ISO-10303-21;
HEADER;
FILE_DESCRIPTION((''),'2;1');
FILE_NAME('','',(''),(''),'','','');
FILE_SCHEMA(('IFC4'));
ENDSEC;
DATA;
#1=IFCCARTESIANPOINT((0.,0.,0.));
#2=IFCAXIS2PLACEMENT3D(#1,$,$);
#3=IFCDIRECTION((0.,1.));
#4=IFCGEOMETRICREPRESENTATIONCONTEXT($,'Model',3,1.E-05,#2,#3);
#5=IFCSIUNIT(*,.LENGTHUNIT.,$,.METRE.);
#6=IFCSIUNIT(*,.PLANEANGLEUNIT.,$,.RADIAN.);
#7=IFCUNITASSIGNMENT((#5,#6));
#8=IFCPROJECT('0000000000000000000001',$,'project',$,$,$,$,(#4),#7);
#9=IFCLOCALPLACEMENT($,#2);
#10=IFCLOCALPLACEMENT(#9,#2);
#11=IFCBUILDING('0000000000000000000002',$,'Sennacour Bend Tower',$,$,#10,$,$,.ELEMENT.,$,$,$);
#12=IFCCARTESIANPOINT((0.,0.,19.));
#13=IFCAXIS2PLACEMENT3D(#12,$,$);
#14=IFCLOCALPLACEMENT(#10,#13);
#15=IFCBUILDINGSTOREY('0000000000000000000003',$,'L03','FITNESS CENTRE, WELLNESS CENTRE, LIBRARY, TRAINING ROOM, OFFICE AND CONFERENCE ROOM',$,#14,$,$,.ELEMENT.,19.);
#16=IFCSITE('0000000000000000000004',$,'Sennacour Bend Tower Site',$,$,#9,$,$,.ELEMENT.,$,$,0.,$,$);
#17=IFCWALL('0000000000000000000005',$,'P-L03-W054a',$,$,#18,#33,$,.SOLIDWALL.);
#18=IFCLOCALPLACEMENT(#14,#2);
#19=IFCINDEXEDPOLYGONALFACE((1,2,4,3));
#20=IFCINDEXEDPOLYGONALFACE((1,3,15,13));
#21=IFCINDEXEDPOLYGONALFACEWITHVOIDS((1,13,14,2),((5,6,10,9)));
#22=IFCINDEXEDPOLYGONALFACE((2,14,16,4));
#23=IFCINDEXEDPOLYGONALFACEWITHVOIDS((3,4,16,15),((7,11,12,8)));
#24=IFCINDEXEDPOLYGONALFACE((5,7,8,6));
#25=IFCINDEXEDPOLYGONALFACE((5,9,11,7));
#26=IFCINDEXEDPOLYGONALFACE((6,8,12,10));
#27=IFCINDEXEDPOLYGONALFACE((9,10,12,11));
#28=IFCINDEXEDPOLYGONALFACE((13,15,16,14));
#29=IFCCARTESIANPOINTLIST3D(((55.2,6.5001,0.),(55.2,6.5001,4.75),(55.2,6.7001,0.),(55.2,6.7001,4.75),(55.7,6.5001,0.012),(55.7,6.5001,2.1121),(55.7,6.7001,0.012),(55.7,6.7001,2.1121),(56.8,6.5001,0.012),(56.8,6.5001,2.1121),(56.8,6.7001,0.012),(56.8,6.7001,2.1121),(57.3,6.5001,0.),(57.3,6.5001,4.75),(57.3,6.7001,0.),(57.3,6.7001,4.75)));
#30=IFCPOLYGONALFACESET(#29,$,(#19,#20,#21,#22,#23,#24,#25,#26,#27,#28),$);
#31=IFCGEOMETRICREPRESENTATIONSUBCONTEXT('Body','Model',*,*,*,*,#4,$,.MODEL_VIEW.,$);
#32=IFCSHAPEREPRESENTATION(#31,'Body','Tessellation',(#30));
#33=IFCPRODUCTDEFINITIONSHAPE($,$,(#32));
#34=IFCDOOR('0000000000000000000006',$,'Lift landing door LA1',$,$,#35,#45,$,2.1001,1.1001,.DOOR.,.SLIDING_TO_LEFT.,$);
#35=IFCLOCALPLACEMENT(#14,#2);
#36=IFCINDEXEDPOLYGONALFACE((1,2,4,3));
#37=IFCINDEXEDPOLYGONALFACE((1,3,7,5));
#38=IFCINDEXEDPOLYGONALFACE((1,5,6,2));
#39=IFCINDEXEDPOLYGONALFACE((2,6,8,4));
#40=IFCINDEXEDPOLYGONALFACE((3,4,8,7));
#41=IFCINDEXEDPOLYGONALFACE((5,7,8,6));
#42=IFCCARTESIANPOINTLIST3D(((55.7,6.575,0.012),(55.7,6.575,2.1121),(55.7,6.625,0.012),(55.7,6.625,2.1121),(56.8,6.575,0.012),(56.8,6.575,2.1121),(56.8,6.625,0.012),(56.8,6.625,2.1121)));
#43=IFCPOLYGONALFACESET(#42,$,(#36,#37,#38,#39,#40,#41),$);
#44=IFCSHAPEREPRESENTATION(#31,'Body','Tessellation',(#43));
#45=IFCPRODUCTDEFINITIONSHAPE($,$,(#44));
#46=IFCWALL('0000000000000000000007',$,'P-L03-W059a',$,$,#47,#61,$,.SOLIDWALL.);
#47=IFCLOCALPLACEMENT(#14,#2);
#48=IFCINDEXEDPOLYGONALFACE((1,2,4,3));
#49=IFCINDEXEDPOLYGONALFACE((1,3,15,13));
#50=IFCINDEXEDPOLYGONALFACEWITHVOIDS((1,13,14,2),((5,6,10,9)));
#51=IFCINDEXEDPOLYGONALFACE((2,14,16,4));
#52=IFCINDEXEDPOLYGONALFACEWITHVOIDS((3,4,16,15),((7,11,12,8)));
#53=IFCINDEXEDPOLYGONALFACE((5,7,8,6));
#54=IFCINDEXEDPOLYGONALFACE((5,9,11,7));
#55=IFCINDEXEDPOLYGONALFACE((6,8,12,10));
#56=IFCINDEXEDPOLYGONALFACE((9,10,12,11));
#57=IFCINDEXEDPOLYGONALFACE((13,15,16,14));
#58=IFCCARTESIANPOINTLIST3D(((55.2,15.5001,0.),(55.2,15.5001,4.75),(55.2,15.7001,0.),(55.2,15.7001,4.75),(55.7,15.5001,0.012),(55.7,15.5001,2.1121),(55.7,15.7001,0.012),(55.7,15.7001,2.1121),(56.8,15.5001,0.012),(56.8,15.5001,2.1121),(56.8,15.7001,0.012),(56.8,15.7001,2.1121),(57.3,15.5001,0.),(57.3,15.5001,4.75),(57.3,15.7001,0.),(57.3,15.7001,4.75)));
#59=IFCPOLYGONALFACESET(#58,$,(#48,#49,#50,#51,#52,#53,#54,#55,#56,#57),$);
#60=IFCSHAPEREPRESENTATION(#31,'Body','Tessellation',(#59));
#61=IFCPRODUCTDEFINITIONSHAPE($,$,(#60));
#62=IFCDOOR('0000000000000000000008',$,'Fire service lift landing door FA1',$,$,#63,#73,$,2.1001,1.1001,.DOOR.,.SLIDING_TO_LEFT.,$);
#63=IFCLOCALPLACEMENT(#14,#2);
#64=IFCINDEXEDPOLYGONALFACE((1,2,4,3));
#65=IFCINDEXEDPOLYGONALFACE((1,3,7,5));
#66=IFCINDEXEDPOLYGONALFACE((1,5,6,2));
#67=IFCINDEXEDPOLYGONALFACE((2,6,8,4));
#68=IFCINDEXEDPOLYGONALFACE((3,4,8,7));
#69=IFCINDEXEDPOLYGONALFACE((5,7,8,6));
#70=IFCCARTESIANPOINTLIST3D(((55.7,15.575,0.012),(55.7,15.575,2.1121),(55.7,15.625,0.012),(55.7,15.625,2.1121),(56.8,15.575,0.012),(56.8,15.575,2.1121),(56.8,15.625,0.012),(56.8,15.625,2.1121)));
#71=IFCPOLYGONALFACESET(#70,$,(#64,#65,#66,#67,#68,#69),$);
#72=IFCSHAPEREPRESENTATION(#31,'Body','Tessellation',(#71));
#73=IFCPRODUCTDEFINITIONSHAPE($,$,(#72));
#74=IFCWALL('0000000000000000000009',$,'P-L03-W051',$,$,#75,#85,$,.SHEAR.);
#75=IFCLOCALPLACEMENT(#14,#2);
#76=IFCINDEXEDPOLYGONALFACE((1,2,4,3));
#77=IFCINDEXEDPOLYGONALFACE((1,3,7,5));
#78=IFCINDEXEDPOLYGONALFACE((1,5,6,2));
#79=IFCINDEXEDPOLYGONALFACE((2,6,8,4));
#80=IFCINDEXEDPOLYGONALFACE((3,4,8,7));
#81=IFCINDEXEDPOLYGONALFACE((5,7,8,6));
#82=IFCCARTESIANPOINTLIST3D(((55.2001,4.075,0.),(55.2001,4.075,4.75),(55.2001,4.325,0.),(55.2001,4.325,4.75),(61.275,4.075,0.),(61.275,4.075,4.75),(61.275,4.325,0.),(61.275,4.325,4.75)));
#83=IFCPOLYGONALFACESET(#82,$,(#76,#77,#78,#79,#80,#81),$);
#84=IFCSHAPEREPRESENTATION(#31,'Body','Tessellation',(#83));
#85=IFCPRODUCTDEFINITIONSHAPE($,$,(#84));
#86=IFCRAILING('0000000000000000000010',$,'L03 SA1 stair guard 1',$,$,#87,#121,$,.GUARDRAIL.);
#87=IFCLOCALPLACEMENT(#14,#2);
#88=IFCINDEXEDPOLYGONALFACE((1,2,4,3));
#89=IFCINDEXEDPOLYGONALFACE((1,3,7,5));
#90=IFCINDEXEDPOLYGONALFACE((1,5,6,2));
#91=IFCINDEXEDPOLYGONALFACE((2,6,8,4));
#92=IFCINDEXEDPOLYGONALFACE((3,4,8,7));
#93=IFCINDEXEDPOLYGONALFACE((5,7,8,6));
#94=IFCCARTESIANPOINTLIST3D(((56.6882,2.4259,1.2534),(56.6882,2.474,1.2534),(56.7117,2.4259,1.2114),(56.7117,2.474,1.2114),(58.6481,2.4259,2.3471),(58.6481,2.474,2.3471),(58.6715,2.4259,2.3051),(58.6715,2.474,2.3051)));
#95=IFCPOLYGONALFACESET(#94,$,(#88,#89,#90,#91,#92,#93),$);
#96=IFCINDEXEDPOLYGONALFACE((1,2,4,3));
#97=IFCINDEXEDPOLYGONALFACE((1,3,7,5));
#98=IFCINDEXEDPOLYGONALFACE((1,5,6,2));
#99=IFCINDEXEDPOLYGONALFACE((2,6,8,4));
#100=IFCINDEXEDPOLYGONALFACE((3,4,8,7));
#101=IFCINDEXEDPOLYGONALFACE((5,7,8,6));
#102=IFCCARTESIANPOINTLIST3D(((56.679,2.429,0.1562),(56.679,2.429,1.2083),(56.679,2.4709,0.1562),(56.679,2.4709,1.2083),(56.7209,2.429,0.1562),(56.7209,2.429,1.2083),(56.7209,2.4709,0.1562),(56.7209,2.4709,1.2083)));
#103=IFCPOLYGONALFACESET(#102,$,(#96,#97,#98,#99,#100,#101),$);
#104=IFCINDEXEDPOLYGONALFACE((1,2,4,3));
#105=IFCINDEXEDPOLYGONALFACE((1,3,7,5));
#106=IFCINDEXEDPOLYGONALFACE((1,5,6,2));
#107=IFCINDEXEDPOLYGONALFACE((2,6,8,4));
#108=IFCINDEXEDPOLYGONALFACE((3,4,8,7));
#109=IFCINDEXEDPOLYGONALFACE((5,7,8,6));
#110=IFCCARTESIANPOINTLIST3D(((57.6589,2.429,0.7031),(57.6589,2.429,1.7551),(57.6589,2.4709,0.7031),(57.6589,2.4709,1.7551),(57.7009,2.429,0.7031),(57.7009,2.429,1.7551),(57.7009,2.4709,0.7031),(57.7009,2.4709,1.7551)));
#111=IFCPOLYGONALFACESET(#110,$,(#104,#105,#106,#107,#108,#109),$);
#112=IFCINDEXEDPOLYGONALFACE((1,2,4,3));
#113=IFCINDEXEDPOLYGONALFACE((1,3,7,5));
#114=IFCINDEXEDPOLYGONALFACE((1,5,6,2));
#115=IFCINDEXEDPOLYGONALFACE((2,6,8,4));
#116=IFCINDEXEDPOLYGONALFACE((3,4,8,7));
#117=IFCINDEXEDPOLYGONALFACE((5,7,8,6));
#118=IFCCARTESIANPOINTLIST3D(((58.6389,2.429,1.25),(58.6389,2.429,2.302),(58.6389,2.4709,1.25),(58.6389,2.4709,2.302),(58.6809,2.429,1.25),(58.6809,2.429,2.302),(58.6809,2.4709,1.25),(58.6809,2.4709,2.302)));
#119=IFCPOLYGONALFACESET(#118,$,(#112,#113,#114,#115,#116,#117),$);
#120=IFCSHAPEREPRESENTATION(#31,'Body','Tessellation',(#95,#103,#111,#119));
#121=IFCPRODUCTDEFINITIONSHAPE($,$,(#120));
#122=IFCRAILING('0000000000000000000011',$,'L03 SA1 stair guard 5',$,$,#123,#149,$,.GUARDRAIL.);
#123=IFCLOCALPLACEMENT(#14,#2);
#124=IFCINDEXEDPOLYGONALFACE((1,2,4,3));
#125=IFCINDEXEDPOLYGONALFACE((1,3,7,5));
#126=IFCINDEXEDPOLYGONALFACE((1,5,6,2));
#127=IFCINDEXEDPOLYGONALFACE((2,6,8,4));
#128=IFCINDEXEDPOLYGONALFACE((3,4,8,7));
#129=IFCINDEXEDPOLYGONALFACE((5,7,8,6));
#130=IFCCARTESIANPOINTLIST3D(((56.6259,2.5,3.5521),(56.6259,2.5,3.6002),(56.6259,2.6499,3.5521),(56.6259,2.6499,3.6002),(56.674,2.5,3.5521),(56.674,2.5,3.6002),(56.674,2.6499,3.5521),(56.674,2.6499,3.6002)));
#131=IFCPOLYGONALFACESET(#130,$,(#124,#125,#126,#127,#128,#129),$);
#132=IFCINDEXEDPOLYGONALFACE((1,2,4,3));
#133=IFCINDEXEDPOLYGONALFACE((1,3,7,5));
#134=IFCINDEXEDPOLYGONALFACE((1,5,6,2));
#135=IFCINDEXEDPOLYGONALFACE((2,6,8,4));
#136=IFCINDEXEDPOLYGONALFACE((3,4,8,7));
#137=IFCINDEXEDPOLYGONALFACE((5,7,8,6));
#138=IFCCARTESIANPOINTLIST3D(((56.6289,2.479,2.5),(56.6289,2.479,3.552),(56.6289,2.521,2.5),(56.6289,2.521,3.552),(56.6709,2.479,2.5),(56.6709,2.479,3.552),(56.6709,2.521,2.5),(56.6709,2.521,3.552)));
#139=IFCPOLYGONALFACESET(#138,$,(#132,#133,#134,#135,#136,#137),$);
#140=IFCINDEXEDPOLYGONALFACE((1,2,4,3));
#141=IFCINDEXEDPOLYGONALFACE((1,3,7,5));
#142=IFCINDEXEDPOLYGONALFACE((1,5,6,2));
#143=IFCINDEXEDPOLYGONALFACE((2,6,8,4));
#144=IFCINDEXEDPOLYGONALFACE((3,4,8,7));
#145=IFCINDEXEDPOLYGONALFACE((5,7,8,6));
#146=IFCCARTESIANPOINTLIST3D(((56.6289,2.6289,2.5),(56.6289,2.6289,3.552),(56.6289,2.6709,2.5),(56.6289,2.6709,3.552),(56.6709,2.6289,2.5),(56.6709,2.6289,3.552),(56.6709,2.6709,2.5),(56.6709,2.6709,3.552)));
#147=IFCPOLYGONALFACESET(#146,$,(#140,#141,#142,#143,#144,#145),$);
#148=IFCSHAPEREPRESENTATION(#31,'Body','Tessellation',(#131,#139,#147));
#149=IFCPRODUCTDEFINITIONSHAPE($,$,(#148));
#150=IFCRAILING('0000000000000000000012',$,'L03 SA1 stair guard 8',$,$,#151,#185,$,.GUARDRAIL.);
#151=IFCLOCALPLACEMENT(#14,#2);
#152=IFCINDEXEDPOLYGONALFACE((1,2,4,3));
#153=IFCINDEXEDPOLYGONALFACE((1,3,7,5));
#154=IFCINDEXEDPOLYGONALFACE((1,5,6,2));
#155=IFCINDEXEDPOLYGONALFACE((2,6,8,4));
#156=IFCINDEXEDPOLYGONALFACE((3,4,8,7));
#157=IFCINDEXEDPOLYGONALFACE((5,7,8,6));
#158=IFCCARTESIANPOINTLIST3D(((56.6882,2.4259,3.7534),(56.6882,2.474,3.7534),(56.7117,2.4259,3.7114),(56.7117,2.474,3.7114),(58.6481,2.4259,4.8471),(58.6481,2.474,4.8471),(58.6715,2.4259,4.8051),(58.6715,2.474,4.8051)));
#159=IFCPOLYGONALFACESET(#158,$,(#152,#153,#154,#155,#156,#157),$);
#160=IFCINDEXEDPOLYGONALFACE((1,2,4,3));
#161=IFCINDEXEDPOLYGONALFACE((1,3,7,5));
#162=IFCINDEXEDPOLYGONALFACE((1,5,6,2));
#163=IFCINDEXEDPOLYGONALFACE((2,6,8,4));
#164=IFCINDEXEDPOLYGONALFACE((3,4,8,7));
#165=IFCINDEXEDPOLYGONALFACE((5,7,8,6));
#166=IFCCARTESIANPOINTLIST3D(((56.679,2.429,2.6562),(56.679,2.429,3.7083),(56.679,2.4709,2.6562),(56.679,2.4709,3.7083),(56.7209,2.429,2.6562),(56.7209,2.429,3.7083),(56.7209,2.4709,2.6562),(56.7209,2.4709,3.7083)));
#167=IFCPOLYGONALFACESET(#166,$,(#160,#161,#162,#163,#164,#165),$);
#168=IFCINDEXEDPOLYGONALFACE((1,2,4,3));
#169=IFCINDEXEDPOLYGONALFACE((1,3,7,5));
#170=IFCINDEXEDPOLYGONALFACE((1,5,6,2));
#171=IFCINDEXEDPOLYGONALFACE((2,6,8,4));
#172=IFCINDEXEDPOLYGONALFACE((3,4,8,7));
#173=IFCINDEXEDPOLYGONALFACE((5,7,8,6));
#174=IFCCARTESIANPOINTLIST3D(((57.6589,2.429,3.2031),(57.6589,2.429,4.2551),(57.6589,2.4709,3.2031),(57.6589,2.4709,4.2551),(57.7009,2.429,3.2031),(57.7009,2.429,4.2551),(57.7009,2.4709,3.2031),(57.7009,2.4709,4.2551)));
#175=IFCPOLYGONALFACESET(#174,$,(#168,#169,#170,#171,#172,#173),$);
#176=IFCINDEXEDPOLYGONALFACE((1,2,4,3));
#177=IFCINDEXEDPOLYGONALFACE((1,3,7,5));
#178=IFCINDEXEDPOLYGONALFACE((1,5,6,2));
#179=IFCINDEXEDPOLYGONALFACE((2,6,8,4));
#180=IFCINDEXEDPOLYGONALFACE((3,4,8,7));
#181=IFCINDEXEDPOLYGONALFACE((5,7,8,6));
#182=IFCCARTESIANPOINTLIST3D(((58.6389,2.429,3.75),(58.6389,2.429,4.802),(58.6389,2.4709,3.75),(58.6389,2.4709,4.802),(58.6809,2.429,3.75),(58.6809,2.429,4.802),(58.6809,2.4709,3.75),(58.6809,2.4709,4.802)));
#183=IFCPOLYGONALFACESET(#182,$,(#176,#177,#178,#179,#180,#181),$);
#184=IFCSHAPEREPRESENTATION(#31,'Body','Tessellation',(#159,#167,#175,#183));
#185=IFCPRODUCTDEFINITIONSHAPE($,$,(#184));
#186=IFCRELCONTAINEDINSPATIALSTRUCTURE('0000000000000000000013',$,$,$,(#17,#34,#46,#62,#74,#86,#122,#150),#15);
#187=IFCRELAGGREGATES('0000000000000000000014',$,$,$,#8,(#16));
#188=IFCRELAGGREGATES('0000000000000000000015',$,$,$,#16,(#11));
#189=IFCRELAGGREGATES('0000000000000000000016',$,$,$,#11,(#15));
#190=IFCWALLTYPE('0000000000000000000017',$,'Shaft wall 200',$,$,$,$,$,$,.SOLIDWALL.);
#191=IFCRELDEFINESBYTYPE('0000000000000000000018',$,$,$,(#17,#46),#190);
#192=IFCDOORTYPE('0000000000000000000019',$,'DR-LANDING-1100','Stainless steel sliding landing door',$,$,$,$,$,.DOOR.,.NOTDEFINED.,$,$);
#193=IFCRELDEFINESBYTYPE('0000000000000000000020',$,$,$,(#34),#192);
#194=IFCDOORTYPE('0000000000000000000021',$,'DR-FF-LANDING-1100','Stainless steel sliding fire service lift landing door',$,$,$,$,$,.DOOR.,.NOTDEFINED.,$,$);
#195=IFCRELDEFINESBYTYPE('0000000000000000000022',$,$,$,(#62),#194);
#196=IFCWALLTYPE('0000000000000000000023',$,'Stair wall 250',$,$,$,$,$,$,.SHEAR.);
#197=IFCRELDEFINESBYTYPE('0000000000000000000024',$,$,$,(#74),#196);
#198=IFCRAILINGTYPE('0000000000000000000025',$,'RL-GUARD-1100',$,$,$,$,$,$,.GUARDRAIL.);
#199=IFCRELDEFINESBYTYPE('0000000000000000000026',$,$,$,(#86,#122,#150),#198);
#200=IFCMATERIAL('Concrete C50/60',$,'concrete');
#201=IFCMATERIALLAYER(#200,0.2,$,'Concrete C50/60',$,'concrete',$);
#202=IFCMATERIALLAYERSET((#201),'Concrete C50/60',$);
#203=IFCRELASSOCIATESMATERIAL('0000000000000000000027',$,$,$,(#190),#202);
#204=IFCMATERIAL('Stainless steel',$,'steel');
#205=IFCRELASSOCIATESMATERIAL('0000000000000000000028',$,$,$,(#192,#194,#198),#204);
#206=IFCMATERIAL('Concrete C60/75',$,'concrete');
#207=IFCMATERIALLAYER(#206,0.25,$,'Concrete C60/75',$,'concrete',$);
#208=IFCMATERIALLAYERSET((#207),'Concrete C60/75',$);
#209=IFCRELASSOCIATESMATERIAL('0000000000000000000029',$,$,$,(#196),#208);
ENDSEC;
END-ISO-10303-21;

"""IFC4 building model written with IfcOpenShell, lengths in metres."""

from ifc_helpers import new_model, si_unit, direction, frame, frame_2d, origin, origin_2d, place, context, subcontext, project, spatial, rectangle, extrude, material, layer, layer_set, type_object, element, fill, save


model = new_model("IFC4")

# Units and contexts
model_context = context("Model", 3, precision=1e-05, world=origin(), true_north=direction((0.0, 1.0)))
body_context = subcontext(model_context, "Body", "Model", "MODEL_VIEW")
ifc_project = project(units=[si_unit("LENGTHUNIT", "METRE"), si_unit("PLANEANGLEUNIT", "RADIAN")], contexts=[model_context])

# Site, building, storey
site_placement = place(None, origin())
site = spatial("IfcSite", under=ifc_project, at=site_placement, Name="Sennacour Bend Tower Site", CompositionType="ELEMENT", RefElevation=0.0)
building_placement = place(site_placement, origin())
building = spatial("IfcBuilding", under=site, at=building_placement, Name="Sennacour Bend Tower", CompositionType="ELEMENT")
storey_placement = place(building_placement, frame((0.0, 0.0, 19.0)))
storey = spatial("IfcBuildingStorey", under=building, at=storey_placement, Name="L03", Description="FITNESS CENTRE, WELLNESS CENTRE, LIBRARY, TRAINING ROOM, OFFICE AND CONFERENCE ROOM", CompositionType="ELEMENT", Elevation=19.0)

# Walls, openings, doors
ifc_material_1 = material(Name="Concrete C50/60", Category="concrete")
ifc_layer_1 = layer(ifc_material_1, 0.2, Name="Concrete C50/60", Category="concrete")
ifc_layer_set_1 = layer_set([ifc_layer_1], Name="Concrete C50/60")
wall_type_1 = type_object("IfcWallType", Name="Shaft wall 200", PredefinedType="SOLIDWALL", material=ifc_layer_set_1)
wall_1_placement = place(storey_placement, frame((55.2, 6.6001, 0.0), z_axis=(0.0, 0.0, 1.0), x_axis=(1.0, 0.0, 0.0)))
wall_1 = element("IfcWall", 1, at=wall_1_placement, inside=storey, type_object=wall_type_1, Name="P-L03-W054a", PredefinedType="SOLIDWALL", context=body_context, shape_type="SweptSolid", body=[
    extrude(rectangle(XDim=2.1001, YDim=0.2, at=frame_2d((1.05, 0.0))), origin(), (0.0, 0.0, 1.0), 4.75),
])
opening_1_placement = place(wall_1_placement, frame((0.5, 0.0, 0.012)))
opening_1 = element("IfcOpeningElement", 2, at=opening_1_placement, cuts=wall_1, PredefinedType="OPENING", context=body_context, shape_type="SweptSolid", body=[
    extrude(rectangle(XDim=1.1001, YDim=2.1001, at=frame_2d((0.55, 1.05))), frame((0.0, 0.1099, 0.0), z_axis=(0.0, -1.0, 0.0), x_axis=(1.0, 0.0, 0.0)), (0.0, 0.0, 1.0), 0.22),
])
ifc_material_2 = material(Name="Stainless steel", Category="steel")
door_type_1 = type_object("IfcDoorType", Name="DR-LANDING-1100", Description="Stainless steel sliding landing door", OperationType="NOTDEFINED", PredefinedType="DOOR", material=ifc_material_2)
door_1_placement = place(opening_1_placement, origin())
door_1 = element("IfcDoor", 3, at=door_1_placement, inside=storey, type_object=door_type_1, Name="Lift landing door LA1", OperationType="SLIDING_TO_LEFT", OverallHeight=2.1001, OverallWidth=1.1001, PredefinedType="DOOR", context=body_context, shape_type="SweptSolid", body=[
    extrude(rectangle(XDim=1.1001, YDim=2.1001, at=frame_2d((0.55, 1.05))), frame((0.0, 0.0249, 0.0), z_axis=(0.0, -1.0, 0.0), x_axis=(1.0, 0.0, 0.0)), (0.0, 0.0, 1.0), 0.05),
])
fill(opening_1, door_1)
wall_2_placement = place(storey_placement, frame((55.2, 15.6001, 0.0), z_axis=(0.0, 0.0, 1.0), x_axis=(1.0, 0.0, 0.0)))
wall_2 = element("IfcWall", 4, at=wall_2_placement, inside=storey, type_object=wall_type_1, Name="P-L03-W059a", PredefinedType="SOLIDWALL", context=body_context, shape_type="SweptSolid", body=[
    extrude(rectangle(XDim=2.1001, YDim=0.2, at=frame_2d((1.05, 0.0))), origin(), (0.0, 0.0, 1.0), 4.75),
])
opening_2_placement = place(wall_2_placement, frame((0.5, 0.0, 0.012)))
opening_2 = element("IfcOpeningElement", 5, at=opening_2_placement, cuts=wall_2, PredefinedType="OPENING", context=body_context, shape_type="SweptSolid", body=[
    extrude(rectangle(XDim=1.1001, YDim=2.1001, at=frame_2d((0.55, 1.05))), frame((0.0, 0.1099, 0.0), z_axis=(0.0, -1.0, 0.0), x_axis=(1.0, 0.0, 0.0)), (0.0, 0.0, 1.0), 0.22),
])
door_type_2 = type_object("IfcDoorType", Name="DR-FF-LANDING-1100", Description="Stainless steel sliding fire service lift landing door", OperationType="NOTDEFINED", PredefinedType="DOOR", material=ifc_material_2)
door_2_placement = place(opening_2_placement, origin())
door_2 = element("IfcDoor", 6, at=door_2_placement, inside=storey, type_object=door_type_2, Name="Fire service lift landing door FA1", OperationType="SLIDING_TO_LEFT", OverallHeight=2.1001, OverallWidth=1.1001, PredefinedType="DOOR", context=body_context, shape_type="SweptSolid", body=[
    extrude(rectangle(XDim=1.1001, YDim=2.1001, at=frame_2d((0.55, 1.05))), frame((0.0, 0.0249, 0.0), z_axis=(0.0, -1.0, 0.0), x_axis=(1.0, 0.0, 0.0)), (0.0, 0.0, 1.0), 0.05),
])
fill(opening_2, door_2)

# Wall
ifc_material_3 = material(Name="Concrete C60/75", Category="concrete")
ifc_layer_2 = layer(ifc_material_3, 0.25, Name="Concrete C60/75", Category="concrete")
ifc_layer_set_2 = layer_set([ifc_layer_2], Name="Concrete C60/75")
wall_type_2 = type_object("IfcWallType", Name="Stair wall 250", PredefinedType="SHEAR", material=ifc_layer_set_2)
wall_3_placement = place(storey_placement, frame((55.2, 4.2, 0.0), z_axis=(0.0, 0.0, 1.0), x_axis=(1.0, 0.0, 0.0)))
element("IfcWall", 7, at=wall_3_placement, inside=storey, type_object=wall_type_2, Name="P-L03-W051", PredefinedType="SHEAR", context=body_context, shape_type="SweptSolid", body=[
    extrude(rectangle(XDim=6.075, YDim=0.25, at=frame_2d((3.0376, 0.0))), origin(), (0.0, 0.0, 1.0), 4.75),
])

# Railings
railing_type = type_object("IfcRailingType", Name="RL-GUARD-1100", PredefinedType="GUARDRAIL", material=ifc_material_2)
railing_1_placement = place(storey_placement, frame((56.7, 2.45, 0.1562)))
element("IfcRailing", 8, at=railing_1_placement, inside=storey, type_object=railing_type, Name="L03 SA1 stair guard 1", PredefinedType="GUARDRAIL", context=body_context, shape_type="SweptSolid", body=[
    extrude(rectangle(XDim=0.0481, YDim=0.0481, at=origin_2d()), frame((0.0, 0.0, 1.0762), z_axis=(0.873232, 0.0, 0.487304), x_axis=(0.0, 1.0, 0.0)), (0.0, 0.0, 1.0), 2.2444),
    extrude(rectangle(XDim=0.042, YDim=0.042, at=origin_2d()), origin(), (0.0, 0.0, 1.0), 1.052),
    extrude(rectangle(XDim=0.042, YDim=0.042, at=origin_2d()), frame((0.98, 0.0, 0.5469)), (0.0, 0.0, 1.0), 1.052),
    extrude(rectangle(XDim=0.042, YDim=0.042, at=origin_2d()), frame((1.96, 0.0, 1.0938)), (0.0, 0.0, 1.0), 1.052),
])
railing_2_placement = place(storey_placement, frame((56.6499, 2.5, 2.5)))
element("IfcRailing", 9, at=railing_2_placement, inside=storey, type_object=railing_type, Name="L03 SA1 stair guard 5", PredefinedType="GUARDRAIL", context=body_context, shape_type="SweptSolid", body=[
    extrude(rectangle(XDim=0.0481, YDim=0.0481, at=origin_2d()), frame((0.0, 0.0, 1.0762), z_axis=(0.0, 1.0, 0.0), x_axis=(-1.0, 0.0, 0.0)), (0.0, 0.0, 1.0), 0.1499),
    extrude(rectangle(XDim=0.042, YDim=0.042, at=origin_2d()), origin(), (0.0, 0.0, 1.0), 1.052),
    extrude(rectangle(XDim=0.042, YDim=0.042, at=origin_2d()), frame((0.0, 0.1499, 0.0)), (0.0, 0.0, 1.0), 1.052),
])
railing_3_placement = place(storey_placement, frame((56.7, 2.45, 2.6562)))
element("IfcRailing", 10, at=railing_3_placement, inside=storey, type_object=railing_type, Name="L03 SA1 stair guard 8", PredefinedType="GUARDRAIL", context=body_context, shape_type="SweptSolid", body=[
    extrude(rectangle(XDim=0.0481, YDim=0.0481, at=origin_2d()), frame((0.0, 0.0, 1.0762), z_axis=(0.873232, 0.0, 0.487304), x_axis=(0.0, 1.0, 0.0)), (0.0, 0.0, 1.0), 2.2444),
    extrude(rectangle(XDim=0.042, YDim=0.042, at=origin_2d()), origin(), (0.0, 0.0, 1.0), 1.052),
    extrude(rectangle(XDim=0.042, YDim=0.042, at=origin_2d()), frame((0.98, 0.0, 0.5469)), (0.0, 0.0, 1.0), 1.052),
    extrude(rectangle(XDim=0.042, YDim=0.042, at=origin_2d()), frame((1.96, 0.0, 1.0938)), (0.0, 0.0, 1.0), 1.052),
])

save(model, "model.ifc")
